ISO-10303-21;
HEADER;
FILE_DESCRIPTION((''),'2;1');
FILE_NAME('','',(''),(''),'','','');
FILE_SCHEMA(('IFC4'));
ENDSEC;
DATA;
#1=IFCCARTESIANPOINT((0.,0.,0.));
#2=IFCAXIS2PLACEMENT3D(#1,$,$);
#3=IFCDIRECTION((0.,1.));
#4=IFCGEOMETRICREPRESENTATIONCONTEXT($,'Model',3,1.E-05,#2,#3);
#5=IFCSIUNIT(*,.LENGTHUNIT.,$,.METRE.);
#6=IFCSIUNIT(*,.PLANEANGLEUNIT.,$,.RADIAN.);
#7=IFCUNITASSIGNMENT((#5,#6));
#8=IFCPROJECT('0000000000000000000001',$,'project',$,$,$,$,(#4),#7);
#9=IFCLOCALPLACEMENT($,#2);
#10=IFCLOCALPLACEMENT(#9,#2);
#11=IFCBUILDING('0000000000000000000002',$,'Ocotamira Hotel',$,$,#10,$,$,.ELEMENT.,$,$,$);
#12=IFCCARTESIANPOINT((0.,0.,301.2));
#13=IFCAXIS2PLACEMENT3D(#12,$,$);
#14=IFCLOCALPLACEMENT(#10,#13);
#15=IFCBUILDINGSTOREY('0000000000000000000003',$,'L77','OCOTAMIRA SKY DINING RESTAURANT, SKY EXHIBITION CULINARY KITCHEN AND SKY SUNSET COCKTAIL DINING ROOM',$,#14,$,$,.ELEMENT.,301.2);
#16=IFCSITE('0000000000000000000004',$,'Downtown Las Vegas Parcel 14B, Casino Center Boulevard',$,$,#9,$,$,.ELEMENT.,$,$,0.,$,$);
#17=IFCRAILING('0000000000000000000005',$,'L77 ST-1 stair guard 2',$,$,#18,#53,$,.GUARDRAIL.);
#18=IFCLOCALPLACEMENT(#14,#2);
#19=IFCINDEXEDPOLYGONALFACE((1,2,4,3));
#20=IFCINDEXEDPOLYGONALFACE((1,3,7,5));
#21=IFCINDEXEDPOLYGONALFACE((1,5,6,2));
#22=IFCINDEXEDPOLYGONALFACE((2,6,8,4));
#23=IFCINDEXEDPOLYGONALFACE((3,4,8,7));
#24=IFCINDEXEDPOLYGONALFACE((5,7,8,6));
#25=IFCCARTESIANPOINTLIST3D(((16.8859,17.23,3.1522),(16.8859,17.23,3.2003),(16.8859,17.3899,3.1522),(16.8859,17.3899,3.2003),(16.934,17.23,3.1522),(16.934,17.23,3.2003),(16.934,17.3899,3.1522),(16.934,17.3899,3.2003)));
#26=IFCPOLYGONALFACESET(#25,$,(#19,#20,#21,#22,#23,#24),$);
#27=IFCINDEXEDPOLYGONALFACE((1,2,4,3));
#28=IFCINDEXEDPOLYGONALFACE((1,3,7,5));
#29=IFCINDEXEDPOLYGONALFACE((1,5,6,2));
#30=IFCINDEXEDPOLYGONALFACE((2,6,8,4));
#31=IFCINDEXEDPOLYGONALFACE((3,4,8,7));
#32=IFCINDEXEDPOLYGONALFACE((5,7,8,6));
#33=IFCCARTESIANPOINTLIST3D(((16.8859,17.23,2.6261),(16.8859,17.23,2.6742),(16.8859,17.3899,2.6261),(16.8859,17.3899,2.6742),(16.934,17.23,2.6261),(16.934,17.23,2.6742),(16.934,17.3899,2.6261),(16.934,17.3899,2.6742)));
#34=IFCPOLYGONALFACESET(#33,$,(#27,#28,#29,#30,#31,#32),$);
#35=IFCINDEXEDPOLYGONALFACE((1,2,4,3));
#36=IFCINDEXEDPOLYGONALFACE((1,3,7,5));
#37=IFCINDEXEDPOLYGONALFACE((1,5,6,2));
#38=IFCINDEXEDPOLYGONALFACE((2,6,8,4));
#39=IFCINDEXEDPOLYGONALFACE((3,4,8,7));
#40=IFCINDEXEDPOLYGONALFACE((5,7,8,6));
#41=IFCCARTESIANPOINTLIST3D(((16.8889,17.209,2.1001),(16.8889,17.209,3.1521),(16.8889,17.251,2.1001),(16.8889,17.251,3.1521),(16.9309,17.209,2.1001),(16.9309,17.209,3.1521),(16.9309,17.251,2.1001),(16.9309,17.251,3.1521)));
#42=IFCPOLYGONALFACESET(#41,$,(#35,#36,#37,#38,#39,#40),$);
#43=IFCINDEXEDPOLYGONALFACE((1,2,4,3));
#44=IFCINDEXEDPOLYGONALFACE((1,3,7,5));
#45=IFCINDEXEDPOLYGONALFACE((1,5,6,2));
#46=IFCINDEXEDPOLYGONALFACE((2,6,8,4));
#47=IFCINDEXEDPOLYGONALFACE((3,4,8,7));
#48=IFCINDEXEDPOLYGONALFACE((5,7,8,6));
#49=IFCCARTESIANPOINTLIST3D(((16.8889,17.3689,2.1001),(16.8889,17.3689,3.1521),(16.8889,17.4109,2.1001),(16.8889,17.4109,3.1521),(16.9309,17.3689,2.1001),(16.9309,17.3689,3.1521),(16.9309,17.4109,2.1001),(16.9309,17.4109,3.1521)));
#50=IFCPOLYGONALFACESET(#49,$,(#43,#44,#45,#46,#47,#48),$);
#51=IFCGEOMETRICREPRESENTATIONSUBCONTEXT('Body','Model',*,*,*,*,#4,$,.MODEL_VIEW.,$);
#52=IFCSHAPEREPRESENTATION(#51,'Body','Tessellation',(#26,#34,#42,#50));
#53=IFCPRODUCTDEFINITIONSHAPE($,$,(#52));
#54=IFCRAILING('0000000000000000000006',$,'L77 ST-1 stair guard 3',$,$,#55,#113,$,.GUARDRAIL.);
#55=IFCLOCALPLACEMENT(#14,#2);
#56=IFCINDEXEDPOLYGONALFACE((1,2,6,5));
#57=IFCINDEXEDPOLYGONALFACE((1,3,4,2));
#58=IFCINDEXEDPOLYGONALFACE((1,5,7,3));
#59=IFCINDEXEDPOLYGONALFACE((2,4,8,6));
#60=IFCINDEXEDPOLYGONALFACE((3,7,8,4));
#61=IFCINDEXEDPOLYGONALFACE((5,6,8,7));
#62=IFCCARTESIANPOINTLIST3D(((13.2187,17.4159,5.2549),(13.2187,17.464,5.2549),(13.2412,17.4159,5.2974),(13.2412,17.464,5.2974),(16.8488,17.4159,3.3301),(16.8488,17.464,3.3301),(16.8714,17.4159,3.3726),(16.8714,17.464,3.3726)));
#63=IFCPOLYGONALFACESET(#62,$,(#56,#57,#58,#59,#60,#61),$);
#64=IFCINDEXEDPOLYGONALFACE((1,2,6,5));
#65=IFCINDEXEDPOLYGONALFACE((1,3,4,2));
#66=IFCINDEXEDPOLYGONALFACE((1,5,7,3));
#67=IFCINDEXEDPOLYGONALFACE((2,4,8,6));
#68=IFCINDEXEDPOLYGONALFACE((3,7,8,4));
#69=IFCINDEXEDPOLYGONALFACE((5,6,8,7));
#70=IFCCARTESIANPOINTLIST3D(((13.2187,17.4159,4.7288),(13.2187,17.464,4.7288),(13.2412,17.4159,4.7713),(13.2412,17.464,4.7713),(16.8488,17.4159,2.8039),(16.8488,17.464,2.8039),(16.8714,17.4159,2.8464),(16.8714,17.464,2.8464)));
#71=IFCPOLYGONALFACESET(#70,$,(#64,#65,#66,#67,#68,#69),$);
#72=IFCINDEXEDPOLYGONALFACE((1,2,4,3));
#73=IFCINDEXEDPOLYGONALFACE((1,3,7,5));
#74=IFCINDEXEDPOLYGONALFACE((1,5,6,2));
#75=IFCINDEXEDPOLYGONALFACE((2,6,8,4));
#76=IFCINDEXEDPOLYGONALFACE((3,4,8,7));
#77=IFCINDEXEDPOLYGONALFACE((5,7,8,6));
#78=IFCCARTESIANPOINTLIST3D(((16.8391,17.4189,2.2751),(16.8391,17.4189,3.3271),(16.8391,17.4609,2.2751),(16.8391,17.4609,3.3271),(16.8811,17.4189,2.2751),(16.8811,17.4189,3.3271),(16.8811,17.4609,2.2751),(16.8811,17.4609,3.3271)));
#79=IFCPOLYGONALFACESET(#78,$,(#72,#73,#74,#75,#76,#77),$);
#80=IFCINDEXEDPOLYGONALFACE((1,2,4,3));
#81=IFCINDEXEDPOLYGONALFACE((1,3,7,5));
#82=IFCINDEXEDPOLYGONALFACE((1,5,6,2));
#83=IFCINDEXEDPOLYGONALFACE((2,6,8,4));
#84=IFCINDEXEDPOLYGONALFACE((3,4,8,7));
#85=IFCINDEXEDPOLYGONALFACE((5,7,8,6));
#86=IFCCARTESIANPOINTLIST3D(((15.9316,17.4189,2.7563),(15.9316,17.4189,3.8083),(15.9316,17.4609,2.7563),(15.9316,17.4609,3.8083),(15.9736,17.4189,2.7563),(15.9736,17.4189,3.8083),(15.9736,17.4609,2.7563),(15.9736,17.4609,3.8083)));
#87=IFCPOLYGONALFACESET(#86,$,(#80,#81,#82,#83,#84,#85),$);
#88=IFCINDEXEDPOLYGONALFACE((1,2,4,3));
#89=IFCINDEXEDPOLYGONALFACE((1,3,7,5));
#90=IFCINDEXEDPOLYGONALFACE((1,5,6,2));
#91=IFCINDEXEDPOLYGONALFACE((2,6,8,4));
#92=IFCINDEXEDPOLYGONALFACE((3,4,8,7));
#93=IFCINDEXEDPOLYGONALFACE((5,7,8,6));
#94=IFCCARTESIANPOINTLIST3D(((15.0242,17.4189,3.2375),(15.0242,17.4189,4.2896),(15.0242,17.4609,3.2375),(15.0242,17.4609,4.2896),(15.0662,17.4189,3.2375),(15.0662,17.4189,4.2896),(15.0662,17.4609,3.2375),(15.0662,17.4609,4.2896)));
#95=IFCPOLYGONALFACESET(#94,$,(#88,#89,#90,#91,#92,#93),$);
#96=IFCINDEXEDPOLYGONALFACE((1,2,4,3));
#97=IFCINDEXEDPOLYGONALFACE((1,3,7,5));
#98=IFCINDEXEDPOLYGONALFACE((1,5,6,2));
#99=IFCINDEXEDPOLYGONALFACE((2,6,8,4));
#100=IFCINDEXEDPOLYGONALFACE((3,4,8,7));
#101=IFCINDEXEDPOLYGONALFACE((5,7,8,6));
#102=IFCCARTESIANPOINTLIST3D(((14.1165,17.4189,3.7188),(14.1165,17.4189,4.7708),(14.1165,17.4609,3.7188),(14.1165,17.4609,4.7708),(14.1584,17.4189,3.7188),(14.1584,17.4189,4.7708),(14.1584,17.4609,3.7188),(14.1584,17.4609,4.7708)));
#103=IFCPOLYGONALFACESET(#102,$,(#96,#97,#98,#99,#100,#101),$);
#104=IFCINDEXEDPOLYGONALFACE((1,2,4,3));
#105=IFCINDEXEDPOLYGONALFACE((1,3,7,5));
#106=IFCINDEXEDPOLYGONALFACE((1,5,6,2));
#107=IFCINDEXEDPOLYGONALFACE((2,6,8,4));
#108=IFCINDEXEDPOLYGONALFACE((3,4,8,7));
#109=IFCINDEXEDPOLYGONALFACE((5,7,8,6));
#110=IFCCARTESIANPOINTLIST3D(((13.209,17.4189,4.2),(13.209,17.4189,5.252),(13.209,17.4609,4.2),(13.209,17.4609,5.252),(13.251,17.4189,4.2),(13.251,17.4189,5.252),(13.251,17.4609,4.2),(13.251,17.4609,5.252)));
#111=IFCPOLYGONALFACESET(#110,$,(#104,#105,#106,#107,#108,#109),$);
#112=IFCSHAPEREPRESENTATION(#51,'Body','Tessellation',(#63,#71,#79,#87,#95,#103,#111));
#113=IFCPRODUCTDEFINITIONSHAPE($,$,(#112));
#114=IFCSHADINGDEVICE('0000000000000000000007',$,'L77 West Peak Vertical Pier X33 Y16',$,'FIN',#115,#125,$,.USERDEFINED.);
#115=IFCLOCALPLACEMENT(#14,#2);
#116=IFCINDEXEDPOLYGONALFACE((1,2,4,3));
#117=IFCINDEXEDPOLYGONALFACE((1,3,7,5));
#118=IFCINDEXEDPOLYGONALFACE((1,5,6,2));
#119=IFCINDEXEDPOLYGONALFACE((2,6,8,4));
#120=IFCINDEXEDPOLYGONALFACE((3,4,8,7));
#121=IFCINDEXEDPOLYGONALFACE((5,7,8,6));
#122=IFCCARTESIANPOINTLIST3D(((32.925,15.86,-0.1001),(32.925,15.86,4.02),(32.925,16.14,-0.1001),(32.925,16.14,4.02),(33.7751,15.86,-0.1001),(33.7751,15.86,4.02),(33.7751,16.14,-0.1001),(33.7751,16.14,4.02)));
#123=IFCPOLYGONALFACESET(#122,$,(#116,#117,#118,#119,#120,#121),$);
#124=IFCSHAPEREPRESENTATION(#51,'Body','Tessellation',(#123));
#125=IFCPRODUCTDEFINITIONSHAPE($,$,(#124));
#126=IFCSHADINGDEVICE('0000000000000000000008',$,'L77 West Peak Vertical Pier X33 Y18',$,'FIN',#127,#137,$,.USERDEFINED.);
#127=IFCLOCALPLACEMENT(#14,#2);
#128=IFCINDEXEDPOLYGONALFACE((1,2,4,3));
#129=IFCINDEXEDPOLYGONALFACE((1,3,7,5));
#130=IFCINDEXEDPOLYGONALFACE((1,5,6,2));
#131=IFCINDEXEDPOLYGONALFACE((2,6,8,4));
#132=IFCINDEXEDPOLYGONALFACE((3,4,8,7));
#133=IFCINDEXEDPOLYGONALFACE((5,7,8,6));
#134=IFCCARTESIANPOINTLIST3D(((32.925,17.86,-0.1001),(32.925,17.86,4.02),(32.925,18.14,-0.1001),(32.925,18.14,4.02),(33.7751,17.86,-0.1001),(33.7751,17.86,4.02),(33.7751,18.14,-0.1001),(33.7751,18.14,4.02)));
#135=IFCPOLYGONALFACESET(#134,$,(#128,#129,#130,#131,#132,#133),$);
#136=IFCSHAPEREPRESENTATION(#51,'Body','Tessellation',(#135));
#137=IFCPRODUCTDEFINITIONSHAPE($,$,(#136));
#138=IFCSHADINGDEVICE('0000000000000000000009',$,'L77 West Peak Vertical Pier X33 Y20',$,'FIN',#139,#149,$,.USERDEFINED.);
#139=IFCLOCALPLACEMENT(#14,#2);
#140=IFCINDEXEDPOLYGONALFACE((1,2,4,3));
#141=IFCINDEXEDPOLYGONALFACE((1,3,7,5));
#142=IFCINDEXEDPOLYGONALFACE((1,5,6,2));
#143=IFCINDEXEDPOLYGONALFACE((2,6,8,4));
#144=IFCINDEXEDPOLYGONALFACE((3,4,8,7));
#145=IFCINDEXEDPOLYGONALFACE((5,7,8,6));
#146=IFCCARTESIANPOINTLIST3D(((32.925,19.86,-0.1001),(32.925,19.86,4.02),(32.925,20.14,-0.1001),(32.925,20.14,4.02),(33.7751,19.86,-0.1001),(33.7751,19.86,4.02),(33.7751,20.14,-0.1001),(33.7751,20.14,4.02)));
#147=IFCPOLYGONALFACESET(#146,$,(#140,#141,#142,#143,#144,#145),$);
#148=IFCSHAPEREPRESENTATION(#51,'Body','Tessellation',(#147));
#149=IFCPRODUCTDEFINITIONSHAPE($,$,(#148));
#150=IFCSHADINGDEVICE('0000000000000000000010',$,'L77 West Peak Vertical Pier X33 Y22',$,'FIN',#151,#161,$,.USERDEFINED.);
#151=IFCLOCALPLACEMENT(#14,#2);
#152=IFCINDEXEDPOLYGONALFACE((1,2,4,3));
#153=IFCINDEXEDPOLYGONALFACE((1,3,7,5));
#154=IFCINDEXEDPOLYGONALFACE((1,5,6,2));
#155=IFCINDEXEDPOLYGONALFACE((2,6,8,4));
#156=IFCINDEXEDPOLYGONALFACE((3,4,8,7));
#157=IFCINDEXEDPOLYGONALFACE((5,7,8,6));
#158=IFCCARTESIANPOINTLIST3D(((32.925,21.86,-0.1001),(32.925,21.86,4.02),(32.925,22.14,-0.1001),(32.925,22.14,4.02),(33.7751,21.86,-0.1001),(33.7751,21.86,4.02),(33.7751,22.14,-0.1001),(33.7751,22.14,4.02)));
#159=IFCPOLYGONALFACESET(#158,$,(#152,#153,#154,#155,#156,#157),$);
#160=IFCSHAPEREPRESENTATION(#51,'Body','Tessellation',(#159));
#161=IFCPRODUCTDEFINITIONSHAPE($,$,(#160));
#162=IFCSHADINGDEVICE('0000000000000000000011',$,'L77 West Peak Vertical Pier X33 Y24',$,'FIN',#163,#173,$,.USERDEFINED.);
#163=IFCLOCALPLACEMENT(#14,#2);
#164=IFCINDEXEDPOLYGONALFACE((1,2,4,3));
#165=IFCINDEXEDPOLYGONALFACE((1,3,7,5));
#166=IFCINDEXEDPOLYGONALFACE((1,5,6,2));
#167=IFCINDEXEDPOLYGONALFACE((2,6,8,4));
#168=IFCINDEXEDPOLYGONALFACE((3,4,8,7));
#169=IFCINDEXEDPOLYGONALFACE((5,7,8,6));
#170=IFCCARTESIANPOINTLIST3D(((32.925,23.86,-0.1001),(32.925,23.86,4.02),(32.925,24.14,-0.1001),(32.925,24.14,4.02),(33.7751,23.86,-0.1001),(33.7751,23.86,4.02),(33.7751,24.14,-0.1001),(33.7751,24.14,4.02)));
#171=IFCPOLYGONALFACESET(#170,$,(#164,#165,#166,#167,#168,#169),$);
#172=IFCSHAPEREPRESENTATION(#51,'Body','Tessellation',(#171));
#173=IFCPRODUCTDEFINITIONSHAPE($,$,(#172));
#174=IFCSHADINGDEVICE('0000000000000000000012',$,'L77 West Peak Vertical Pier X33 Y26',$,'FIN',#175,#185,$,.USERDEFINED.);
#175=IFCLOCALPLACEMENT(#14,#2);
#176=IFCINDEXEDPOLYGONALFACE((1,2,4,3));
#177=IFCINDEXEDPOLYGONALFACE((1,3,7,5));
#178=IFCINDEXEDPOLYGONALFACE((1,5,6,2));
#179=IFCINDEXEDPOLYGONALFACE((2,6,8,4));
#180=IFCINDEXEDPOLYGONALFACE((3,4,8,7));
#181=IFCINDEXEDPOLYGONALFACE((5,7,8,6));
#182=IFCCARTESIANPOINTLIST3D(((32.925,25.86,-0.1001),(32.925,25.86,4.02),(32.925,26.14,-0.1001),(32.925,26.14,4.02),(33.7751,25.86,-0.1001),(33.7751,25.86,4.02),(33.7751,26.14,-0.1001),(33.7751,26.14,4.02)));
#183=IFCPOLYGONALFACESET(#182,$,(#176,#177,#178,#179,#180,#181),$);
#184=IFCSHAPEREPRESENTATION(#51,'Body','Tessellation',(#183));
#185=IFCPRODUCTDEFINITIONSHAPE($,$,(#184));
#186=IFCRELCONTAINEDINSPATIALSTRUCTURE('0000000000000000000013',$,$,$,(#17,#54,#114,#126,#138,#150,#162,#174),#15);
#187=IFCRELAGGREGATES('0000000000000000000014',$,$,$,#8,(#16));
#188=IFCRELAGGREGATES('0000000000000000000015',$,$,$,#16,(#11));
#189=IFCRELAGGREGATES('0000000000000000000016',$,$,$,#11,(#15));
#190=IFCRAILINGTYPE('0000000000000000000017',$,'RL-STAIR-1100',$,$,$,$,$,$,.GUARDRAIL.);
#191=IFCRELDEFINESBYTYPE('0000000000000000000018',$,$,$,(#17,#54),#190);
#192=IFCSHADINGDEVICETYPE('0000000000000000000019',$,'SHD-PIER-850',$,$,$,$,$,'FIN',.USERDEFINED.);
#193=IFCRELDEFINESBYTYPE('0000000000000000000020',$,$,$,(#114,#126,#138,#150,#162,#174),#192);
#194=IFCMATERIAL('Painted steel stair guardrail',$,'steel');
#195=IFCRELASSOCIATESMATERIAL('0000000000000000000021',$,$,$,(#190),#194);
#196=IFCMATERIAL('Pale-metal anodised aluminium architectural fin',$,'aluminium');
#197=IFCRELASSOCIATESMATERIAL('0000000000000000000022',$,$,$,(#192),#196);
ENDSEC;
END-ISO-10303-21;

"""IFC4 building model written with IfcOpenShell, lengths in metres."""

from ifc_helpers import new_model, si_unit, direction, frame, origin, origin_2d, place, context, subcontext, project, spatial, rectangle, extrude, source, transform, mapped, material, type_object, element, save


model = new_model("IFC4")

# Units and contexts
model_context = context("Model", 3, precision=1e-05, world=origin(), true_north=direction((0.0, 1.0)))
body_context = subcontext(model_context, "Body", "Model", "MODEL_VIEW")
ifc_project = project(units=[si_unit("LENGTHUNIT", "METRE"), si_unit("PLANEANGLEUNIT", "RADIAN")], contexts=[model_context])

# Site, building, storey
site_placement = place(None, origin())
site = spatial("IfcSite", under=ifc_project, at=site_placement, Name="Downtown Las Vegas Parcel 14B, Casino Center Boulevard", CompositionType="ELEMENT", RefElevation=0.0)
building_placement = place(site_placement, origin())
building = spatial("IfcBuilding", under=site, at=building_placement, Name="Ocotamira Hotel", CompositionType="ELEMENT")
storey_placement = place(building_placement, frame((0.0, 0.0, 301.2)))
storey = spatial("IfcBuildingStorey", under=building, at=storey_placement, Name="L77", Description="OCOTAMIRA SKY DINING RESTAURANT, SKY EXHIBITION CULINARY KITCHEN AND SKY SUNSET COCKTAIL DINING ROOM", CompositionType="ELEMENT", Elevation=301.2)

# Railings
ifc_material_1 = material(Name="Painted steel stair guardrail", Category="steel")
railing_type_1 = type_object("IfcRailingType", Name="RL-STAIR-1100", PredefinedType="GUARDRAIL", material=ifc_material_1)
railing_1_placement = place(storey_placement, frame((16.9099, 17.23, 2.1001)))
element("IfcRailing", 1, at=railing_1_placement, inside=storey, type_object=railing_type_1, Name="L77 ST-1 stair guard 2", PredefinedType="GUARDRAIL", context=body_context, shape_type="SweptSolid", body=[
    extrude(rectangle(XDim=0.0481, YDim=0.0481, at=origin_2d()), frame((0.0, 0.0, 1.0762), z_axis=(0.0, 1.0, 0.0), x_axis=(-1.0, 0.0, 0.0)), (0.0, 0.0, 1.0), 0.1599),
    extrude(rectangle(XDim=0.0481, YDim=0.0481, at=origin_2d()), frame((0.0, 0.0, 0.55), z_axis=(0.0, 1.0, 0.0), x_axis=(-1.0, 0.0, 0.0)), (0.0, 0.0, 1.0), 0.1599),
    extrude(rectangle(XDim=0.042, YDim=0.042, at=origin_2d()), origin(), (0.0, 0.0, 1.0), 1.052),
    extrude(rectangle(XDim=0.042, YDim=0.042, at=origin_2d()), frame((0.0, 0.1599, 0.0)), (0.0, 0.0, 1.0), 1.052),
])
railing_2_placement = place(storey_placement, frame((16.8601, 17.4399, 2.2751)))
element("IfcRailing", 2, at=railing_2_placement, inside=storey, type_object=railing_type_1, Name="L77 ST-1 stair guard 3", PredefinedType="GUARDRAIL", context=body_context, shape_type="SweptSolid", body=[
    extrude(rectangle(XDim=0.0481, YDim=0.0481, at=origin_2d()), frame((0.0, 0.0, 1.0762), z_axis=(-0.883489, 0.0, 0.468453), x_axis=(0.0, -1.0, 0.0)), (0.0, 0.0, 1.0), 4.1089),
    extrude(rectangle(XDim=0.0481, YDim=0.0481, at=origin_2d()), frame((0.0, 0.0, 0.55), z_axis=(-0.883489, 0.0, 0.468453), x_axis=(0.0, -1.0, 0.0)), (0.0, 0.0, 1.0), 4.1089),
    extrude(rectangle(XDim=0.042, YDim=0.042, at=origin_2d()), origin(), (0.0, 0.0, 1.0), 1.052),
    extrude(rectangle(XDim=0.042, YDim=0.042, at=origin_2d()), frame((-0.9075, 0.0, 0.4812)), (0.0, 0.0, 1.0), 1.052),
    extrude(rectangle(XDim=0.042, YDim=0.042, at=origin_2d()), frame((-1.8149, 0.0, 0.9624)), (0.0, 0.0, 1.0), 1.052),
    extrude(rectangle(XDim=0.042, YDim=0.042, at=origin_2d()), frame((-2.7227, 0.0, 1.4436)), (0.0, 0.0, 1.0), 1.052),
    extrude(rectangle(XDim=0.042, YDim=0.042, at=origin_2d()), frame((-3.6301, 0.0, 1.9248)), (0.0, 0.0, 1.0), 1.052),
])

# Shading devices
ifc_material_2 = material(Name="Pale-metal anodised aluminium architectural fin", Category="aluminium")
shading_device_type = type_object("IfcShadingDeviceType", Name="SHD-PIER-850", ElementType="FIN", PredefinedType="USERDEFINED", material=ifc_material_2)
shared_shape_1 = source(origin(), body_context, "Body", "SweptSolid", [
    extrude(rectangle(XDim=0.8501, YDim=0.28, at=origin_2d()), origin(), (0.0, 0.0, 1.0), 4.1201),
])
for number, where, z_axis, x_axis, name in (
    (3, (33.3501, 16.0, -0.1001), (0.0, 0.0, 1.0), (1.0, 0.0, 0.0), "L77 West Peak Vertical Pier X33 Y16"),
    (4, (33.3501, 18.0, -0.1001), (0.0, 0.0, 1.0), (1.0, 0.0, 0.0), "L77 West Peak Vertical Pier X33 Y18"),
    (5, (33.3501, 20.0, -0.1001), (0.0, 0.0, 1.0), (1.0, 0.0, 0.0), "L77 West Peak Vertical Pier X33 Y20"),
    (6, (33.3501, 22.0, -0.1001), (0.0, 0.0, 1.0), (1.0, 0.0, 0.0), "L77 West Peak Vertical Pier X33 Y22"),
    (7, (33.3501, 24.0, -0.1001), (0.0, 0.0, 1.0), (1.0, 0.0, 0.0), "L77 West Peak Vertical Pier X33 Y24"),
    (8, (33.3501, 26.0, -0.1001), (0.0, 0.0, 1.0), (1.0, 0.0, 0.0), "L77 West Peak Vertical Pier X33 Y26"),
):
    element("IfcShadingDevice", number, at=place(storey_placement, frame(where, z_axis=z_axis, x_axis=x_axis)), inside=storey, type_object=shading_device_type, Name=name, ObjectType="FIN", PredefinedType="USERDEFINED", context=body_context, shape_type="MappedRepresentation", body=[
        mapped(shared_shape_1, transform((0.0, 0.0, 0.0), scale=1.0)),
    ])

save(model, "model.ifc")
